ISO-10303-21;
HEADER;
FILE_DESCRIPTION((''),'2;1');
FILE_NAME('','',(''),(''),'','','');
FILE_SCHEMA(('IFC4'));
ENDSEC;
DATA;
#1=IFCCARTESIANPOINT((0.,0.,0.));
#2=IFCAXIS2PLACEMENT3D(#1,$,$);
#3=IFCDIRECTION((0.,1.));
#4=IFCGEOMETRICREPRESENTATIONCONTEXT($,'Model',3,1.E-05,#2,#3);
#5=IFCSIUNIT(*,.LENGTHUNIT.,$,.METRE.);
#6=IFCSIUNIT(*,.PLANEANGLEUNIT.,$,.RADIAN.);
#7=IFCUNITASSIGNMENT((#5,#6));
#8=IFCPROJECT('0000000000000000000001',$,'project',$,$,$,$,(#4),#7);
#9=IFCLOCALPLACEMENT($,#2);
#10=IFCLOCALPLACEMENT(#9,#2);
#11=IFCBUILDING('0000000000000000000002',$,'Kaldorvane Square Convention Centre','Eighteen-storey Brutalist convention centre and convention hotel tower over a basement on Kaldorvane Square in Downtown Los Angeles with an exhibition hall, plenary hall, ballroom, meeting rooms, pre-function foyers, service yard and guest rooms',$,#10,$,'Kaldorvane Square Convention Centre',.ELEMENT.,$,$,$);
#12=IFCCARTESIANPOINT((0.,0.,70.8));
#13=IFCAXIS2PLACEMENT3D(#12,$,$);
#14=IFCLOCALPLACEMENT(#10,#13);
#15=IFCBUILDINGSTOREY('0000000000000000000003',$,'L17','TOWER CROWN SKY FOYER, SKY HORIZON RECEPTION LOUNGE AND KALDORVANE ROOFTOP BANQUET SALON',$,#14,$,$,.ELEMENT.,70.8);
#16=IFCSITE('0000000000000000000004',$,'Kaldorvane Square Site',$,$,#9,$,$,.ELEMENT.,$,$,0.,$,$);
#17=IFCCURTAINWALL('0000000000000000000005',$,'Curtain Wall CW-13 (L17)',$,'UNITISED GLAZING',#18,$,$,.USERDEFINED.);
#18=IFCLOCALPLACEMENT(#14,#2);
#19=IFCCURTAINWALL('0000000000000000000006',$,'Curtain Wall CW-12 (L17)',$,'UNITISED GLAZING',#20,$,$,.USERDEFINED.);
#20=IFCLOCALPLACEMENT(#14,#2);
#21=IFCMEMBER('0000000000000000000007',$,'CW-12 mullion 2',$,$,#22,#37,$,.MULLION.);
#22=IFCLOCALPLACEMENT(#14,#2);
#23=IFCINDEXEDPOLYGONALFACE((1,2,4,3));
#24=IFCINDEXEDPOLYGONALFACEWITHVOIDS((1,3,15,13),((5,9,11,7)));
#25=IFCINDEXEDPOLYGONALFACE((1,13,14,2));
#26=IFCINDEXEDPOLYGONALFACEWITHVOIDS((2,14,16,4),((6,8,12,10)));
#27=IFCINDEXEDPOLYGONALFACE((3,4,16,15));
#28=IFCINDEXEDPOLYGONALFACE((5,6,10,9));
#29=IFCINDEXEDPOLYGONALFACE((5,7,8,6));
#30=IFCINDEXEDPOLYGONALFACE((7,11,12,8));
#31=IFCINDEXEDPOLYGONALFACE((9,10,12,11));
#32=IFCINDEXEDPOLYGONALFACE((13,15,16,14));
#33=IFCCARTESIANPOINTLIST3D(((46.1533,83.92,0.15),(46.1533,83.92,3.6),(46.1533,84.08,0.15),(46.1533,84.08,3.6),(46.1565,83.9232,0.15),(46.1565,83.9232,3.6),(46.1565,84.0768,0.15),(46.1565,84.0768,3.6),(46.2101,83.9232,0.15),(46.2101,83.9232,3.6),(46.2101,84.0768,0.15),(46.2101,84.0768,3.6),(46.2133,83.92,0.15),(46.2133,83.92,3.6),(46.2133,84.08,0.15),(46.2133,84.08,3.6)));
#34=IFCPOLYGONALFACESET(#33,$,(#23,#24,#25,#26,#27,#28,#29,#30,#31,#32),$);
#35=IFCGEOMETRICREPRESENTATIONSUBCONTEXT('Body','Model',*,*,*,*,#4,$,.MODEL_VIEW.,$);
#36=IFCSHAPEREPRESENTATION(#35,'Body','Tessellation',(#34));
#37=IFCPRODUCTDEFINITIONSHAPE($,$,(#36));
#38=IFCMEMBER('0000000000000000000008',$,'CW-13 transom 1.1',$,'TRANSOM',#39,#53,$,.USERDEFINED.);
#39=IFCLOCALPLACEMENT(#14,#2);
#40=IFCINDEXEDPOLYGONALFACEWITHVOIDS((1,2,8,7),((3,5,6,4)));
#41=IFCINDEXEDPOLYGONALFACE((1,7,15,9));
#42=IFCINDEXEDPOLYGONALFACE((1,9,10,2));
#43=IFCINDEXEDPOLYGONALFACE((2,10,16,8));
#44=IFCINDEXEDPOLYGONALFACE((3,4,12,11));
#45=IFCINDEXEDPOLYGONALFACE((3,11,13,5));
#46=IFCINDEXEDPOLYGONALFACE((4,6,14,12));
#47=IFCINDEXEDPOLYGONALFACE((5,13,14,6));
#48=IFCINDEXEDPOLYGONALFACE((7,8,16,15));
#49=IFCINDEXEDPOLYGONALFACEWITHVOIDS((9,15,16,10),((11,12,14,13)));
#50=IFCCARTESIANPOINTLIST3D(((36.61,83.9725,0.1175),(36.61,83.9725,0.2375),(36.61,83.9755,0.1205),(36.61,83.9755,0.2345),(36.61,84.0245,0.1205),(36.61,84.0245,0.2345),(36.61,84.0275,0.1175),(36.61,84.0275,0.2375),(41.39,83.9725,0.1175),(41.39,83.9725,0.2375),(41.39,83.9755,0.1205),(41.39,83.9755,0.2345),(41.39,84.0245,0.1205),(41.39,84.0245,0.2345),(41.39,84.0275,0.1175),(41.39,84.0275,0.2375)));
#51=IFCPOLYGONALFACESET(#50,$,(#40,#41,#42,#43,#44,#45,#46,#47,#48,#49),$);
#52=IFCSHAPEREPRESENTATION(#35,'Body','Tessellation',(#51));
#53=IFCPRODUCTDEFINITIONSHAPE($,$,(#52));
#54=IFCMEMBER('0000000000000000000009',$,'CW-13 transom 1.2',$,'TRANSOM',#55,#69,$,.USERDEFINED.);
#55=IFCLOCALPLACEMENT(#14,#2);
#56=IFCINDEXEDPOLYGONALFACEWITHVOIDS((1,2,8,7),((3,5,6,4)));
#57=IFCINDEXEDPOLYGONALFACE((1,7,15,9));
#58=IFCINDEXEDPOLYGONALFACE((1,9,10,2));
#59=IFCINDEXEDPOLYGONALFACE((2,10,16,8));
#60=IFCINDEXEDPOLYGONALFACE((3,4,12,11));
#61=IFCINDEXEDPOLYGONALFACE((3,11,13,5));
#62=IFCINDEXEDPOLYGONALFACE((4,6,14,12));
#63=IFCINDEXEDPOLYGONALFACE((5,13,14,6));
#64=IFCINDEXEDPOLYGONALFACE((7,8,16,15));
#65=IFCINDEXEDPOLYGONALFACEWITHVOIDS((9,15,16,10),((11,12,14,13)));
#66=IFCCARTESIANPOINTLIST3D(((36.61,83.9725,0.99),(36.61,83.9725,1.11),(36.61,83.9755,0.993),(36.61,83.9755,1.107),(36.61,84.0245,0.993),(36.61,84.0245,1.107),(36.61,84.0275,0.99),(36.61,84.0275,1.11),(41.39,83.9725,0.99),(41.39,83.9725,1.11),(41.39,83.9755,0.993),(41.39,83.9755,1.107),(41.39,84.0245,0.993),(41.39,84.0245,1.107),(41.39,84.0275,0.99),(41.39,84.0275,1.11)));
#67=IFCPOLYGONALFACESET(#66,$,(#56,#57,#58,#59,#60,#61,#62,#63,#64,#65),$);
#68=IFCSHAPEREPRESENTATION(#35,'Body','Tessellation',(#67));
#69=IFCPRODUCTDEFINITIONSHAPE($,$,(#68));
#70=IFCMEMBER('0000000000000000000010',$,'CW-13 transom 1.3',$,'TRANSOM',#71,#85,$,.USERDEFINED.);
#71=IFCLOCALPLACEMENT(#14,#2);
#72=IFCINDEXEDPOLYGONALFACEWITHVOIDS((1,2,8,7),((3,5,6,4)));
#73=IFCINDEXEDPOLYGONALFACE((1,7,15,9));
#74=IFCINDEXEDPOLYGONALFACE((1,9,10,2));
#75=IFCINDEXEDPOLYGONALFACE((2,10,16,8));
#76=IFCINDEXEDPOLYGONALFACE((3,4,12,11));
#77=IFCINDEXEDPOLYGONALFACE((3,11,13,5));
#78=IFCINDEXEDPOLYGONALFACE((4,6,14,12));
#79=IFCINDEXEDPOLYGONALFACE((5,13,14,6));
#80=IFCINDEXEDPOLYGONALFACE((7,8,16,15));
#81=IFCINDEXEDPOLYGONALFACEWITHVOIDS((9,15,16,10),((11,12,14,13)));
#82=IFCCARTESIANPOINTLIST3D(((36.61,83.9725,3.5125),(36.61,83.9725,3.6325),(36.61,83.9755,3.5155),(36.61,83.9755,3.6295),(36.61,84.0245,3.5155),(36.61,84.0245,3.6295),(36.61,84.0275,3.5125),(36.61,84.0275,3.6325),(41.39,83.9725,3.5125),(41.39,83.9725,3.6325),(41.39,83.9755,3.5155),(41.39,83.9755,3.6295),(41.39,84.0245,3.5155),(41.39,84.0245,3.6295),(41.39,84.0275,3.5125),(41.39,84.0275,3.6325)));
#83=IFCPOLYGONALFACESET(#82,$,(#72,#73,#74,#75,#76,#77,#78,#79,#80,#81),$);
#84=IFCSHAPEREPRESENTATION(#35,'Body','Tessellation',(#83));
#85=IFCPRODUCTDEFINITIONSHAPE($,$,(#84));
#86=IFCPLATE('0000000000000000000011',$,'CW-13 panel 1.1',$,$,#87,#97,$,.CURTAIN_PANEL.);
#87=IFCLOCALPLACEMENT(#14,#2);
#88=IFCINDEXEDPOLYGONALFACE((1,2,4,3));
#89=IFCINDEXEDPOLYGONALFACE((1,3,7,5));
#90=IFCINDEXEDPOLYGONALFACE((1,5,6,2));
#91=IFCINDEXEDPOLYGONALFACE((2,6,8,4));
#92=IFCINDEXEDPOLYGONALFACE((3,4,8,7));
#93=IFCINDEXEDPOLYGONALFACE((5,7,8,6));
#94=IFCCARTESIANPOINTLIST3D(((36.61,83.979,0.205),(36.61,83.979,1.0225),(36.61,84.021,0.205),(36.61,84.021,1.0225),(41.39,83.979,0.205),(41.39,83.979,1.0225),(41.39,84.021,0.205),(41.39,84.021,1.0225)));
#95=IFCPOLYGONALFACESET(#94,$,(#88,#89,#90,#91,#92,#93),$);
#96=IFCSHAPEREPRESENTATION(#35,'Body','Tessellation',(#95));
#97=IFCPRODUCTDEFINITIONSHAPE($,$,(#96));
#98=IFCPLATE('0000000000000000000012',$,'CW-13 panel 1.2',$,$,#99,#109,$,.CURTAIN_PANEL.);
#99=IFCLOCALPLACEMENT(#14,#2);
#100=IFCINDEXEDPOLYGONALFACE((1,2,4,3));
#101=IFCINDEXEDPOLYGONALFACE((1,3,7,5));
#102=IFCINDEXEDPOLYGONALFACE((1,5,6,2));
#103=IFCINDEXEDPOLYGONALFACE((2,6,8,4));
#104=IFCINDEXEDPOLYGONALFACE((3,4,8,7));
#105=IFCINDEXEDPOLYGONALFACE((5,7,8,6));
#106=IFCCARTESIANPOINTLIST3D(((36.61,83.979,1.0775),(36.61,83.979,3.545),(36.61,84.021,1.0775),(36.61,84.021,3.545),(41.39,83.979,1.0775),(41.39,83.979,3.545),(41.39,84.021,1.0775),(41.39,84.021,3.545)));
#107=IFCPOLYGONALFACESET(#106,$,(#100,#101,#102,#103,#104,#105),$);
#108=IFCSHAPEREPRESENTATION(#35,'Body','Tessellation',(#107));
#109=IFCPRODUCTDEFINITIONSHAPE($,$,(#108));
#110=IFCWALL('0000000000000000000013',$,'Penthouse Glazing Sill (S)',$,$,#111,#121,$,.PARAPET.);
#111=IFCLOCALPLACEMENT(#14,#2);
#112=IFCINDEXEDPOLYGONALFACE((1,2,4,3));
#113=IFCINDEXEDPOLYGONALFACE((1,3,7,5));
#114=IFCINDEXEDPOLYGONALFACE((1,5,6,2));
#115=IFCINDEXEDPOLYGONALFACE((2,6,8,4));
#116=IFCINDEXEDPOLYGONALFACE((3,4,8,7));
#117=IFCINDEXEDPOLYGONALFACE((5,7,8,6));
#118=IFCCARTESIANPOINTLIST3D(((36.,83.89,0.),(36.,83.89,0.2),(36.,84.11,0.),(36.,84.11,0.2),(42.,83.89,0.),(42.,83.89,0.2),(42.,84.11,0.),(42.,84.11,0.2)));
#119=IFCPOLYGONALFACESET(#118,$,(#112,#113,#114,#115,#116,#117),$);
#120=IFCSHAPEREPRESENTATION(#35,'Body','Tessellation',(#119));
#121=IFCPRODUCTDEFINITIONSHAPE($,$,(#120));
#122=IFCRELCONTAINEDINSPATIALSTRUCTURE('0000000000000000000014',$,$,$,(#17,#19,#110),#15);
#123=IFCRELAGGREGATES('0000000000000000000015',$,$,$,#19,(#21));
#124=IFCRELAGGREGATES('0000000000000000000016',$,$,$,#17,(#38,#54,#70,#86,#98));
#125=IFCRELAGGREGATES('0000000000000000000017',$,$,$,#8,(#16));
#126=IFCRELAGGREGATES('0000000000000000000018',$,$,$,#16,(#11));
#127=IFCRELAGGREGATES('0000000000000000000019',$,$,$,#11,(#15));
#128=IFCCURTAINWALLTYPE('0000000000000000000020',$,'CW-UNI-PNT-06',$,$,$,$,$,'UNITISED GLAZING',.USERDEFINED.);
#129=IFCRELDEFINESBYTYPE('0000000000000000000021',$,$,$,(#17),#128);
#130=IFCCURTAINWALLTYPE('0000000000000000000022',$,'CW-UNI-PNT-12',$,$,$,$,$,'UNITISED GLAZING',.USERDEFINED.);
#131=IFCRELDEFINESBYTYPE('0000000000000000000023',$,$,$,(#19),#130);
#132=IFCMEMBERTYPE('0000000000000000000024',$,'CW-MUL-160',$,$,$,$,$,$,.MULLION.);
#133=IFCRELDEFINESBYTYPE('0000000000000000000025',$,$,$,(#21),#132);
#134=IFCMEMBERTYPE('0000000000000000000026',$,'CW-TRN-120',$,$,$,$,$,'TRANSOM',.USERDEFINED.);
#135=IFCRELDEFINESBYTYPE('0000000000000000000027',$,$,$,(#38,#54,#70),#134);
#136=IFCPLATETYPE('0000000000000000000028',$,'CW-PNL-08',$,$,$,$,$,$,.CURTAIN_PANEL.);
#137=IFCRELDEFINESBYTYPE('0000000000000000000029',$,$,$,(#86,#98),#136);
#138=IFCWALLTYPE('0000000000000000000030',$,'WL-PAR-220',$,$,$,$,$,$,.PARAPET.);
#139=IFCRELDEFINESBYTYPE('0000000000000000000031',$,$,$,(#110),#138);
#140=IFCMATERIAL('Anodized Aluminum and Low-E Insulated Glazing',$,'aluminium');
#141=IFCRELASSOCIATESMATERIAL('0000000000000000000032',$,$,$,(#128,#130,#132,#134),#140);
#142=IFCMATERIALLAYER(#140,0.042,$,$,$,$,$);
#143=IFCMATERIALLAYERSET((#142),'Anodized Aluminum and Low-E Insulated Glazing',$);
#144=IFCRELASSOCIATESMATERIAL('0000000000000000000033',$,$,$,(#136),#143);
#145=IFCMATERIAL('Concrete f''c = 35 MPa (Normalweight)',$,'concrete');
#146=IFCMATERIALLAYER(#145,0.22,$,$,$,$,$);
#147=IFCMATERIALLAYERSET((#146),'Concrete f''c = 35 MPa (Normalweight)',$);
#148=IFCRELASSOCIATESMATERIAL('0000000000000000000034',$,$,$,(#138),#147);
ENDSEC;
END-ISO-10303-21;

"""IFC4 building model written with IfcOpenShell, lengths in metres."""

from ifc_helpers import new_model, si_unit, direction, frame, frame_2d, origin, origin_2d, place, context, subcontext, project, spatial, rectangle, hollow_rectangle, extrude, material, layer, layer_set, material_profile, profile_set, type_object, element, aggregate, save


model = new_model("IFC4")

# Units and contexts
model_context = context("Model", 3, precision=1e-05, world=origin(), true_north=direction((0.0, 1.0)))
body_context = subcontext(model_context, "Body", "Model", "MODEL_VIEW")
ifc_project = project(units=[si_unit("LENGTHUNIT", "METRE"), si_unit("PLANEANGLEUNIT", "RADIAN")], contexts=[model_context])

# Site, building, storey
site_placement = place(None, origin())
site = spatial("IfcSite", under=ifc_project, at=site_placement, Name="Kaldorvane Square Site", CompositionType="ELEMENT", RefElevation=0.0)
building_placement = place(site_placement, origin())
building = spatial("IfcBuilding", under=site, at=building_placement, Name="Kaldorvane Square Convention Centre", Description="Eighteen-storey Brutalist convention centre and convention hotel tower over a basement on Kaldorvane Square in Downtown Los Angeles with an exhibition hall, plenary hall, ballroom, meeting rooms, pre-function foyers, service yard and guest rooms", LongName="Kaldorvane Square Convention Centre", CompositionType="ELEMENT")
storey_placement = place(building_placement, frame((0.0, 0.0, 70.8)))
storey = spatial("IfcBuildingStorey", under=building, at=storey_placement, Name="L17", Description="TOWER CROWN SKY FOYER, SKY HORIZON RECEPTION LOUNGE AND KALDORVANE ROOFTOP BANQUET SALON", CompositionType="ELEMENT", Elevation=70.8)

# Curtain walls, member
ifc_material_1 = material(Name="Anodized Aluminum and Low-E Insulated Glazing", Category="aluminium")
curtain_wall_type_1 = type_object("IfcCurtainWallType", Name="CW-UNI-PNT-06", ElementType="UNITISED GLAZING", PredefinedType="USERDEFINED", material=ifc_material_1)
curtain_wall_1_placement = place(storey_placement, origin())
curtain_wall_1 = element("IfcCurtainWall", 1, at=curtain_wall_1_placement, inside=storey, type_object=curtain_wall_type_1, Name="Curtain Wall CW-13 (L17)", ObjectType="UNITISED GLAZING", PredefinedType="USERDEFINED")
ifc_material_profile_1 = material_profile(ifc_material_1, hollow_rectangle(XDim=0.06, YDim=0.16, WallThickness=0.0032, at=origin_2d()), Name="CWM-160X60")
ifc_profile_set_1 = profile_set([ifc_material_profile_1], Name="Anodized Aluminum and Low-E Insulated Glazing")
member_type_1 = type_object("IfcMemberType", Name="CW-MUL-160", PredefinedType="MULLION", material=ifc_profile_set_1)
curtain_wall_type_2 = type_object("IfcCurtainWallType", Name="CW-UNI-PNT-12", ElementType="UNITISED GLAZING", PredefinedType="USERDEFINED", material=ifc_material_1)
curtain_wall_2_placement = place(storey_placement, origin())
curtain_wall_2 = element("IfcCurtainWall", 2, at=curtain_wall_2_placement, inside=storey, type_object=curtain_wall_type_2, Name="Curtain Wall CW-12 (L17)", ObjectType="UNITISED GLAZING", PredefinedType="USERDEFINED")
member_1_placement = place(storey_placement, frame((46.1833, 84.0, 0.15), z_axis=(0.0, 0.0, 1.0), x_axis=(1.0, 0.0, 0.0)))
member_1 = element("IfcMember", 3, at=member_1_placement, type_object=member_type_1, Name="CW-12 mullion 2", PredefinedType="MULLION", context=body_context, shape_type="SweptSolid", body=[
    extrude(hollow_rectangle(XDim=0.06, YDim=0.16, WallThickness=0.0032, at=origin_2d()), origin(), (0.0, 0.0, 1.0), 3.45),
])
aggregate(curtain_wall_2, [member_1])

# Members
ifc_material_profile_2 = material_profile(ifc_material_1, hollow_rectangle(XDim=0.055, YDim=0.12, WallThickness=0.003, at=origin_2d()), Name="CWT-120X55")
ifc_profile_set_2 = profile_set([ifc_material_profile_2], Name="Anodized Aluminum and Low-E Insulated Glazing")
member_type_2 = type_object("IfcMemberType", Name="CW-TRN-120", ElementType="TRANSOM", PredefinedType="USERDEFINED", material=ifc_profile_set_2)
member_2_placement = place(storey_placement, frame((36.61, 84.0, 0.1775), z_axis=(1.0, 0.0, 0.0), x_axis=(0.0, 1.0, 0.0)))
member_2 = element("IfcMember", 4, at=member_2_placement, type_object=member_type_2, Name="CW-13 transom 1.1", ObjectType="TRANSOM", PredefinedType="USERDEFINED", context=body_context, shape_type="SweptSolid", body=[
    extrude(hollow_rectangle(XDim=0.055, YDim=0.12, WallThickness=0.003, at=origin_2d()), origin(), (0.0, 0.0, 1.0), 4.78),
])
member_3_placement = place(storey_placement, frame((36.61, 84.0, 1.05), z_axis=(1.0, 0.0, 0.0), x_axis=(0.0, 1.0, 0.0)))
member_3 = element("IfcMember", 5, at=member_3_placement, type_object=member_type_2, Name="CW-13 transom 1.2", ObjectType="TRANSOM", PredefinedType="USERDEFINED", context=body_context, shape_type="SweptSolid", body=[
    extrude(hollow_rectangle(XDim=0.055, YDim=0.12, WallThickness=0.003, at=origin_2d()), origin(), (0.0, 0.0, 1.0), 4.78),
])
member_4_placement = place(storey_placement, frame((36.61, 84.0, 3.5725), z_axis=(1.0, 0.0, 0.0), x_axis=(0.0, 1.0, 0.0)))
member_4 = element("IfcMember", 6, at=member_4_placement, type_object=member_type_2, Name="CW-13 transom 1.3", ObjectType="TRANSOM", PredefinedType="USERDEFINED", context=body_context, shape_type="SweptSolid", body=[
    extrude(hollow_rectangle(XDim=0.055, YDim=0.12, WallThickness=0.003, at=origin_2d()), origin(), (0.0, 0.0, 1.0), 4.78),
])

# Plates
ifc_layer_1 = layer(ifc_material_1, 0.042)
ifc_layer_set_1 = layer_set([ifc_layer_1], Name="Anodized Aluminum and Low-E Insulated Glazing")
plate_type = type_object("IfcPlateType", Name="CW-PNL-08", PredefinedType="CURTAIN_PANEL", material=ifc_layer_set_1)
plate_1_placement = place(storey_placement, frame((39.0, 84.0, 0.205), z_axis=(0.0, 0.0, 1.0), x_axis=(1.0, 0.0, 0.0)))
plate_1 = element("IfcPlate", 7, at=plate_1_placement, type_object=plate_type, Name="CW-13 panel 1.1", PredefinedType="CURTAIN_PANEL", context=body_context, shape_type="SweptSolid", body=[
    extrude(rectangle(XDim=4.78, YDim=0.042, at=origin_2d()), origin(), (0.0, 0.0, 1.0), 0.8175),
])
plate_2_placement = place(storey_placement, frame((39.0, 84.0, 1.0775), z_axis=(0.0, 0.0, 1.0), x_axis=(1.0, 0.0, 0.0)))
plate_2 = element("IfcPlate", 8, at=plate_2_placement, type_object=plate_type, Name="CW-13 panel 1.2", PredefinedType="CURTAIN_PANEL", context=body_context, shape_type="SweptSolid", body=[
    extrude(rectangle(XDim=4.78, YDim=0.042, at=origin_2d()), origin(), (0.0, 0.0, 1.0), 2.4675),
])
aggregate(curtain_wall_1, [member_2, member_3, member_4, plate_1, plate_2])

# Wall
ifc_material_2 = material(Name="Concrete f'c = 35 MPa (Normalweight)", Category="concrete")
ifc_layer_2 = layer(ifc_material_2, 0.22)
ifc_layer_set_2 = layer_set([ifc_layer_2], Name="Concrete f'c = 35 MPa (Normalweight)")
wall_type = type_object("IfcWallType", Name="WL-PAR-220", PredefinedType="PARAPET", material=ifc_layer_set_2)
wall_placement = place(storey_placement, frame((36.0, 84.0, 0.0), z_axis=(0.0, 0.0, 1.0), x_axis=(1.0, 0.0, 0.0)))
element("IfcWall", 9, at=wall_placement, inside=storey, type_object=wall_type, Name="Penthouse Glazing Sill (S)", PredefinedType="PARAPET", context=body_context, shape_type="SweptSolid", body=[
    extrude(rectangle(XDim=6.0, YDim=0.22, at=frame_2d((3.0, 0.0))), origin(), (0.0, 0.0, 1.0), 0.2),
])

save(model, "model.ifc")
